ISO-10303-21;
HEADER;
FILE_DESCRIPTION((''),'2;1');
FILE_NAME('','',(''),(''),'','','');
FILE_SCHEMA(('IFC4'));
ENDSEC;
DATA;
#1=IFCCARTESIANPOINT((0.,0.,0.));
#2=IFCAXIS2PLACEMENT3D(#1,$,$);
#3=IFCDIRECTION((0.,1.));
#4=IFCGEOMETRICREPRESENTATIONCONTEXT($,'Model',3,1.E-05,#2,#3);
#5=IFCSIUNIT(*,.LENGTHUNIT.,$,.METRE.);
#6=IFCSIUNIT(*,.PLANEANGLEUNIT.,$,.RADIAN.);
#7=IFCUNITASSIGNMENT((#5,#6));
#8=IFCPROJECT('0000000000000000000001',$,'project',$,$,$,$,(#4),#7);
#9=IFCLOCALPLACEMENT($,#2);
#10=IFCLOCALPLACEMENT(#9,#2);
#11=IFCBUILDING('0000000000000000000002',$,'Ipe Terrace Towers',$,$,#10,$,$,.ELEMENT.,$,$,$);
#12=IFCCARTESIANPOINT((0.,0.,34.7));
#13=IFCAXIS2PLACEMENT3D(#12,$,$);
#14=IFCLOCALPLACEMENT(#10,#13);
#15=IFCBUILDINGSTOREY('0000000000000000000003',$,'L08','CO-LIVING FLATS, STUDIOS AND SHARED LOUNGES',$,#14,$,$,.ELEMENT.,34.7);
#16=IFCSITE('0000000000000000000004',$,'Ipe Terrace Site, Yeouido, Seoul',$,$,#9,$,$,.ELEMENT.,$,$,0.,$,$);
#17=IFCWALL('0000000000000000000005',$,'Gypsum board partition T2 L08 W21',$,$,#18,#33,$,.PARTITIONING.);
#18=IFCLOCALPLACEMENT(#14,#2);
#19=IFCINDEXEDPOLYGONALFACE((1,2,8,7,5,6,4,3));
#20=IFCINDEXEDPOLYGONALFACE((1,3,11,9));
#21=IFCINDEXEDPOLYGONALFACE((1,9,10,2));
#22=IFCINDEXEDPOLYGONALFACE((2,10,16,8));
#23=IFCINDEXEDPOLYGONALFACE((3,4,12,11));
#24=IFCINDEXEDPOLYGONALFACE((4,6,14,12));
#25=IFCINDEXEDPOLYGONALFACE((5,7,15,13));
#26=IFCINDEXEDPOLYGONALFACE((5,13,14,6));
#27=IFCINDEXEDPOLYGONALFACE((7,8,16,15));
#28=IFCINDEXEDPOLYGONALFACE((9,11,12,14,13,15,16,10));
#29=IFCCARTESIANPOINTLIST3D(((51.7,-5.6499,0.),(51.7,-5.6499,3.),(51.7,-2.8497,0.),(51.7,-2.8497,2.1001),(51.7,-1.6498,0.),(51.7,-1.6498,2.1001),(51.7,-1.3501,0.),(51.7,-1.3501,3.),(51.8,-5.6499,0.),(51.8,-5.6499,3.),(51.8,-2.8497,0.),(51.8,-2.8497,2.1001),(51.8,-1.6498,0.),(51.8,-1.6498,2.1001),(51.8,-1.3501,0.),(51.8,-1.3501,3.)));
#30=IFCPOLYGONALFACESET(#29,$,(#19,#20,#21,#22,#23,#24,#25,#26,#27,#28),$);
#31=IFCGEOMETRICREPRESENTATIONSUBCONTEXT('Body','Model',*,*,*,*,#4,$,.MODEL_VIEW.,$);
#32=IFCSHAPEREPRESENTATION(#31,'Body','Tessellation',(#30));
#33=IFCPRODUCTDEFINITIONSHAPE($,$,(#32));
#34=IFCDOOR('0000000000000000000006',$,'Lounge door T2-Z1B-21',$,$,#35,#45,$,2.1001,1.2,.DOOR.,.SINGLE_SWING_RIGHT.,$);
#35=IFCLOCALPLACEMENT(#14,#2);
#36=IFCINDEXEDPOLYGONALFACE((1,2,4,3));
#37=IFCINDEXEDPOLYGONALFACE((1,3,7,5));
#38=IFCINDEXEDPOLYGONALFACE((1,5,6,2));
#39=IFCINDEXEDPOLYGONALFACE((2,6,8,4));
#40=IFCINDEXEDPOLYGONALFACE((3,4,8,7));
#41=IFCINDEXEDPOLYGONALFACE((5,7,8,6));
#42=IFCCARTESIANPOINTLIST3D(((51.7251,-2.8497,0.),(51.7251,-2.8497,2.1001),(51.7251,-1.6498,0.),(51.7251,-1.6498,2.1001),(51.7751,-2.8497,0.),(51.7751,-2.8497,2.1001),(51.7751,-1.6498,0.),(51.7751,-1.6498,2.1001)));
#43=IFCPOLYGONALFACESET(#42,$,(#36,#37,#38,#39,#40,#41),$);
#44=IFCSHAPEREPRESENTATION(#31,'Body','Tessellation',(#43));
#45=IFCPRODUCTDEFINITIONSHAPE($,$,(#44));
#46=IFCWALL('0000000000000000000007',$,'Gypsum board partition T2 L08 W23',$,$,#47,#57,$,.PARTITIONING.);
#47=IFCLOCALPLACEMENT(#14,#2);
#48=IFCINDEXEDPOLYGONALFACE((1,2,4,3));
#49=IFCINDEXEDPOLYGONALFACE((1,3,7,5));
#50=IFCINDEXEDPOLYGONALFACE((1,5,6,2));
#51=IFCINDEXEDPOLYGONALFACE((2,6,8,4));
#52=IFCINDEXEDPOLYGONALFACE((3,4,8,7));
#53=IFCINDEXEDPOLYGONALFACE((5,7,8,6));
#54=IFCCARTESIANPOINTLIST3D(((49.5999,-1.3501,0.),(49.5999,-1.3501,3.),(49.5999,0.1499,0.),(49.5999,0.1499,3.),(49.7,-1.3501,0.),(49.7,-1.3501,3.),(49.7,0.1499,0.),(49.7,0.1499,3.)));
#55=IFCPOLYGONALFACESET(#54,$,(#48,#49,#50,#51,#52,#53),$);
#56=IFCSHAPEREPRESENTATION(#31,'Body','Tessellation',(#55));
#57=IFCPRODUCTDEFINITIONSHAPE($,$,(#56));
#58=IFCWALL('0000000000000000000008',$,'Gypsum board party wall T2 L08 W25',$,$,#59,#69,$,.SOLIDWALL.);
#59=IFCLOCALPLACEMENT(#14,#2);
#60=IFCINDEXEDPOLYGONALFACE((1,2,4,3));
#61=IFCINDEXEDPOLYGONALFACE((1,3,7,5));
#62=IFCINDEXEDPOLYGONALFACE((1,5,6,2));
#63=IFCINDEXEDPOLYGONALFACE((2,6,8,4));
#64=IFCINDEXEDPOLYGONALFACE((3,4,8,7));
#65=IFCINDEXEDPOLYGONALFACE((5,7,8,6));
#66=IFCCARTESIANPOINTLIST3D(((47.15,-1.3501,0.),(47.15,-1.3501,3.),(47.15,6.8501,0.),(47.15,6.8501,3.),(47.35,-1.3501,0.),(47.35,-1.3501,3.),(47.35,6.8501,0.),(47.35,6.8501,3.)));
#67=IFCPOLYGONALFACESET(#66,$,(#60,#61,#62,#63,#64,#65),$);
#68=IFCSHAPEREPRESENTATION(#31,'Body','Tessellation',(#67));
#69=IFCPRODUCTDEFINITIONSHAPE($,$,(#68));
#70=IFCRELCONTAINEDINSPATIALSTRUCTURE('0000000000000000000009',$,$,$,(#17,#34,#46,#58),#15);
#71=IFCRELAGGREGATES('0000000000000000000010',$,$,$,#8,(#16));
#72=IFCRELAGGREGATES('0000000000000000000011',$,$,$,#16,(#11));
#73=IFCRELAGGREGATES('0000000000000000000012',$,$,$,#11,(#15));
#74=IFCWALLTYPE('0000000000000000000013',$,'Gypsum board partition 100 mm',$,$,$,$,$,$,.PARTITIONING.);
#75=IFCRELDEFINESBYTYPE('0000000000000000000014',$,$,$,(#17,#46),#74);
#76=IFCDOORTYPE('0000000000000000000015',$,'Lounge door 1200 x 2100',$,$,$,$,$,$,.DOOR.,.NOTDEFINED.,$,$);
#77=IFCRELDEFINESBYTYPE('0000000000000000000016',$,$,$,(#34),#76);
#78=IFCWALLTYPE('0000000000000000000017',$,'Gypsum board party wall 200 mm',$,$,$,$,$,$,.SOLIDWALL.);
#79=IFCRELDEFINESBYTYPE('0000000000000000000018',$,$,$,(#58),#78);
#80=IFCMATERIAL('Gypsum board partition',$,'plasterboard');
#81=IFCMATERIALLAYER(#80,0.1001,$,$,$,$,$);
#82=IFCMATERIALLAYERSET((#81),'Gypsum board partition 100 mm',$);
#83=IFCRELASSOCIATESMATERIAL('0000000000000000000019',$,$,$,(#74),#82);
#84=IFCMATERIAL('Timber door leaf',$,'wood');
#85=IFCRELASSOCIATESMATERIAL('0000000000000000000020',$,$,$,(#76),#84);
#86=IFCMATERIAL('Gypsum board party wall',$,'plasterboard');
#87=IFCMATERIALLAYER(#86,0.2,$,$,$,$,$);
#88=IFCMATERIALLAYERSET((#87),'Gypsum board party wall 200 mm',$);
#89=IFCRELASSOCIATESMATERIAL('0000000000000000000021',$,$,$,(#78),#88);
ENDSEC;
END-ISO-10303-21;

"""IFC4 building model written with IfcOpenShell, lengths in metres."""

from ifc_helpers import new_model, si_unit, direction, frame, frame_2d, origin, place, context, subcontext, project, spatial, rectangle, extrude, material, layer, layer_set, type_object, element, fill, save


model = new_model("IFC4")

# Units and contexts
model_context = context("Model", 3, precision=1e-05, world=origin(), true_north=direction((0.0, 1.0)))
body_context = subcontext(model_context, "Body", "Model", "MODEL_VIEW")
ifc_project = project(units=[si_unit("LENGTHUNIT", "METRE"), si_unit("PLANEANGLEUNIT", "RADIAN")], contexts=[model_context])

# Site, building, storey
site_placement = place(None, origin())
site = spatial("IfcSite", under=ifc_project, at=site_placement, Name="Ipe Terrace Site, Yeouido, Seoul", CompositionType="ELEMENT", RefElevation=0.0)
building_placement = place(site_placement, origin())
building = spatial("IfcBuilding", under=site, at=building_placement, Name="Ipe Terrace Towers", CompositionType="ELEMENT")
storey_placement = place(building_placement, frame((0.0, 0.0, 34.7)))
storey = spatial("IfcBuildingStorey", under=building, at=storey_placement, Name="L08", Description="CO-LIVING FLATS, STUDIOS AND SHARED LOUNGES", CompositionType="ELEMENT", Elevation=34.7)

# Shared definitions
ifc_material_1 = material(Name="Gypsum board partition", Category="plasterboard")
ifc_layer_1 = layer(ifc_material_1, 0.1001)
ifc_layer_set_1 = layer_set([ifc_layer_1], Name="Gypsum board partition 100 mm")
wall_type_1 = type_object("IfcWallType", Name="Gypsum board partition 100 mm", PredefinedType="PARTITIONING", material=ifc_layer_set_1)

# Wall, opening, door
wall_1_placement = place(storey_placement, frame((51.75, -5.6499, 0.0), z_axis=(0.0, 0.0, 1.0), x_axis=(0.0, 1.0, 0.0)))
wall_1 = element("IfcWall", 1, at=wall_1_placement, inside=storey, type_object=wall_type_1, Name="Gypsum board partition T2 L08 W21", PredefinedType="PARTITIONING", context=body_context, shape_type="SweptSolid", body=[
    extrude(rectangle(XDim=4.2998, YDim=0.1001, at=frame_2d((2.1499, 0.0))), origin(), (0.0, 0.0, 1.0), 3.0),
])
opening_1_placement = place(wall_1_placement, frame((2.8, 0.0, 0.0)))
opening_1 = element("IfcOpeningElement", 2, at=opening_1_placement, cuts=wall_1, PredefinedType="OPENING", context=body_context, shape_type="SweptSolid", body=[
    extrude(rectangle(XDim=1.2, YDim=2.1001, at=frame_2d((0.6001, 1.05))), frame((0.0, 0.0601, 0.0), z_axis=(0.0, -1.0, 0.0), x_axis=(1.0, 0.0, 0.0)), (0.0, 0.0, 1.0), 0.1201),
])
ifc_material_2 = material(Name="Timber door leaf", Category="wood")
door_type_1 = type_object("IfcDoorType", Name="Lounge door 1200 x 2100", OperationType="NOTDEFINED", PredefinedType="DOOR", material=ifc_material_2)
door_1_placement = place(opening_1_placement, origin())
door_1 = element("IfcDoor", 3, at=door_1_placement, inside=storey, type_object=door_type_1, Name="Lounge door T2-Z1B-21", OperationType="SINGLE_SWING_RIGHT", OverallHeight=2.1001, OverallWidth=1.2, PredefinedType="DOOR", context=body_context, shape_type="SweptSolid", body=[
    extrude(rectangle(XDim=1.2, YDim=2.1001, at=frame_2d((0.6001, 1.05))), frame((0.0, 0.0249, 0.0), z_axis=(0.0, -1.0, 0.0), x_axis=(1.0, 0.0, 0.0)), (0.0, 0.0, 1.0), 0.05),
])
fill(opening_1, door_1)

# Walls
wall_2_placement = place(storey_placement, frame((49.6499, -1.3501, 0.0), z_axis=(0.0, 0.0, 1.0), x_axis=(0.0, 1.0, 0.0)))
element("IfcWall", 4, at=wall_2_placement, inside=storey, type_object=wall_type_1, Name="Gypsum board partition T2 L08 W23", PredefinedType="PARTITIONING", context=body_context, shape_type="SweptSolid", body=[
    extrude(rectangle(XDim=1.5, YDim=0.1001, at=frame_2d((0.75, 0.0))), origin(), (0.0, 0.0, 1.0), 3.0),
])
ifc_material_3 = material(Name="Gypsum board party wall", Category="plasterboard")
ifc_layer_2 = layer(ifc_material_3, 0.2)
ifc_layer_set_2 = layer_set([ifc_layer_2], Name="Gypsum board party wall 200 mm")
wall_type_2 = type_object("IfcWallType", Name="Gypsum board party wall 200 mm", PredefinedType="SOLIDWALL", material=ifc_layer_set_2)
wall_3_placement = place(storey_placement, frame((47.25, -1.3501, 0.0), z_axis=(0.0, 0.0, 1.0), x_axis=(0.0, 1.0, 0.0)))
element("IfcWall", 5, at=wall_3_placement, inside=storey, type_object=wall_type_2, Name="Gypsum board party wall T2 L08 W25", PredefinedType="SOLIDWALL", context=body_context, shape_type="SweptSolid", body=[
    extrude(rectangle(XDim=8.2002, YDim=0.2, at=frame_2d((4.1001, 0.0))), origin(), (0.0, 0.0, 1.0), 3.0),
])

save(model, "model.ifc")
